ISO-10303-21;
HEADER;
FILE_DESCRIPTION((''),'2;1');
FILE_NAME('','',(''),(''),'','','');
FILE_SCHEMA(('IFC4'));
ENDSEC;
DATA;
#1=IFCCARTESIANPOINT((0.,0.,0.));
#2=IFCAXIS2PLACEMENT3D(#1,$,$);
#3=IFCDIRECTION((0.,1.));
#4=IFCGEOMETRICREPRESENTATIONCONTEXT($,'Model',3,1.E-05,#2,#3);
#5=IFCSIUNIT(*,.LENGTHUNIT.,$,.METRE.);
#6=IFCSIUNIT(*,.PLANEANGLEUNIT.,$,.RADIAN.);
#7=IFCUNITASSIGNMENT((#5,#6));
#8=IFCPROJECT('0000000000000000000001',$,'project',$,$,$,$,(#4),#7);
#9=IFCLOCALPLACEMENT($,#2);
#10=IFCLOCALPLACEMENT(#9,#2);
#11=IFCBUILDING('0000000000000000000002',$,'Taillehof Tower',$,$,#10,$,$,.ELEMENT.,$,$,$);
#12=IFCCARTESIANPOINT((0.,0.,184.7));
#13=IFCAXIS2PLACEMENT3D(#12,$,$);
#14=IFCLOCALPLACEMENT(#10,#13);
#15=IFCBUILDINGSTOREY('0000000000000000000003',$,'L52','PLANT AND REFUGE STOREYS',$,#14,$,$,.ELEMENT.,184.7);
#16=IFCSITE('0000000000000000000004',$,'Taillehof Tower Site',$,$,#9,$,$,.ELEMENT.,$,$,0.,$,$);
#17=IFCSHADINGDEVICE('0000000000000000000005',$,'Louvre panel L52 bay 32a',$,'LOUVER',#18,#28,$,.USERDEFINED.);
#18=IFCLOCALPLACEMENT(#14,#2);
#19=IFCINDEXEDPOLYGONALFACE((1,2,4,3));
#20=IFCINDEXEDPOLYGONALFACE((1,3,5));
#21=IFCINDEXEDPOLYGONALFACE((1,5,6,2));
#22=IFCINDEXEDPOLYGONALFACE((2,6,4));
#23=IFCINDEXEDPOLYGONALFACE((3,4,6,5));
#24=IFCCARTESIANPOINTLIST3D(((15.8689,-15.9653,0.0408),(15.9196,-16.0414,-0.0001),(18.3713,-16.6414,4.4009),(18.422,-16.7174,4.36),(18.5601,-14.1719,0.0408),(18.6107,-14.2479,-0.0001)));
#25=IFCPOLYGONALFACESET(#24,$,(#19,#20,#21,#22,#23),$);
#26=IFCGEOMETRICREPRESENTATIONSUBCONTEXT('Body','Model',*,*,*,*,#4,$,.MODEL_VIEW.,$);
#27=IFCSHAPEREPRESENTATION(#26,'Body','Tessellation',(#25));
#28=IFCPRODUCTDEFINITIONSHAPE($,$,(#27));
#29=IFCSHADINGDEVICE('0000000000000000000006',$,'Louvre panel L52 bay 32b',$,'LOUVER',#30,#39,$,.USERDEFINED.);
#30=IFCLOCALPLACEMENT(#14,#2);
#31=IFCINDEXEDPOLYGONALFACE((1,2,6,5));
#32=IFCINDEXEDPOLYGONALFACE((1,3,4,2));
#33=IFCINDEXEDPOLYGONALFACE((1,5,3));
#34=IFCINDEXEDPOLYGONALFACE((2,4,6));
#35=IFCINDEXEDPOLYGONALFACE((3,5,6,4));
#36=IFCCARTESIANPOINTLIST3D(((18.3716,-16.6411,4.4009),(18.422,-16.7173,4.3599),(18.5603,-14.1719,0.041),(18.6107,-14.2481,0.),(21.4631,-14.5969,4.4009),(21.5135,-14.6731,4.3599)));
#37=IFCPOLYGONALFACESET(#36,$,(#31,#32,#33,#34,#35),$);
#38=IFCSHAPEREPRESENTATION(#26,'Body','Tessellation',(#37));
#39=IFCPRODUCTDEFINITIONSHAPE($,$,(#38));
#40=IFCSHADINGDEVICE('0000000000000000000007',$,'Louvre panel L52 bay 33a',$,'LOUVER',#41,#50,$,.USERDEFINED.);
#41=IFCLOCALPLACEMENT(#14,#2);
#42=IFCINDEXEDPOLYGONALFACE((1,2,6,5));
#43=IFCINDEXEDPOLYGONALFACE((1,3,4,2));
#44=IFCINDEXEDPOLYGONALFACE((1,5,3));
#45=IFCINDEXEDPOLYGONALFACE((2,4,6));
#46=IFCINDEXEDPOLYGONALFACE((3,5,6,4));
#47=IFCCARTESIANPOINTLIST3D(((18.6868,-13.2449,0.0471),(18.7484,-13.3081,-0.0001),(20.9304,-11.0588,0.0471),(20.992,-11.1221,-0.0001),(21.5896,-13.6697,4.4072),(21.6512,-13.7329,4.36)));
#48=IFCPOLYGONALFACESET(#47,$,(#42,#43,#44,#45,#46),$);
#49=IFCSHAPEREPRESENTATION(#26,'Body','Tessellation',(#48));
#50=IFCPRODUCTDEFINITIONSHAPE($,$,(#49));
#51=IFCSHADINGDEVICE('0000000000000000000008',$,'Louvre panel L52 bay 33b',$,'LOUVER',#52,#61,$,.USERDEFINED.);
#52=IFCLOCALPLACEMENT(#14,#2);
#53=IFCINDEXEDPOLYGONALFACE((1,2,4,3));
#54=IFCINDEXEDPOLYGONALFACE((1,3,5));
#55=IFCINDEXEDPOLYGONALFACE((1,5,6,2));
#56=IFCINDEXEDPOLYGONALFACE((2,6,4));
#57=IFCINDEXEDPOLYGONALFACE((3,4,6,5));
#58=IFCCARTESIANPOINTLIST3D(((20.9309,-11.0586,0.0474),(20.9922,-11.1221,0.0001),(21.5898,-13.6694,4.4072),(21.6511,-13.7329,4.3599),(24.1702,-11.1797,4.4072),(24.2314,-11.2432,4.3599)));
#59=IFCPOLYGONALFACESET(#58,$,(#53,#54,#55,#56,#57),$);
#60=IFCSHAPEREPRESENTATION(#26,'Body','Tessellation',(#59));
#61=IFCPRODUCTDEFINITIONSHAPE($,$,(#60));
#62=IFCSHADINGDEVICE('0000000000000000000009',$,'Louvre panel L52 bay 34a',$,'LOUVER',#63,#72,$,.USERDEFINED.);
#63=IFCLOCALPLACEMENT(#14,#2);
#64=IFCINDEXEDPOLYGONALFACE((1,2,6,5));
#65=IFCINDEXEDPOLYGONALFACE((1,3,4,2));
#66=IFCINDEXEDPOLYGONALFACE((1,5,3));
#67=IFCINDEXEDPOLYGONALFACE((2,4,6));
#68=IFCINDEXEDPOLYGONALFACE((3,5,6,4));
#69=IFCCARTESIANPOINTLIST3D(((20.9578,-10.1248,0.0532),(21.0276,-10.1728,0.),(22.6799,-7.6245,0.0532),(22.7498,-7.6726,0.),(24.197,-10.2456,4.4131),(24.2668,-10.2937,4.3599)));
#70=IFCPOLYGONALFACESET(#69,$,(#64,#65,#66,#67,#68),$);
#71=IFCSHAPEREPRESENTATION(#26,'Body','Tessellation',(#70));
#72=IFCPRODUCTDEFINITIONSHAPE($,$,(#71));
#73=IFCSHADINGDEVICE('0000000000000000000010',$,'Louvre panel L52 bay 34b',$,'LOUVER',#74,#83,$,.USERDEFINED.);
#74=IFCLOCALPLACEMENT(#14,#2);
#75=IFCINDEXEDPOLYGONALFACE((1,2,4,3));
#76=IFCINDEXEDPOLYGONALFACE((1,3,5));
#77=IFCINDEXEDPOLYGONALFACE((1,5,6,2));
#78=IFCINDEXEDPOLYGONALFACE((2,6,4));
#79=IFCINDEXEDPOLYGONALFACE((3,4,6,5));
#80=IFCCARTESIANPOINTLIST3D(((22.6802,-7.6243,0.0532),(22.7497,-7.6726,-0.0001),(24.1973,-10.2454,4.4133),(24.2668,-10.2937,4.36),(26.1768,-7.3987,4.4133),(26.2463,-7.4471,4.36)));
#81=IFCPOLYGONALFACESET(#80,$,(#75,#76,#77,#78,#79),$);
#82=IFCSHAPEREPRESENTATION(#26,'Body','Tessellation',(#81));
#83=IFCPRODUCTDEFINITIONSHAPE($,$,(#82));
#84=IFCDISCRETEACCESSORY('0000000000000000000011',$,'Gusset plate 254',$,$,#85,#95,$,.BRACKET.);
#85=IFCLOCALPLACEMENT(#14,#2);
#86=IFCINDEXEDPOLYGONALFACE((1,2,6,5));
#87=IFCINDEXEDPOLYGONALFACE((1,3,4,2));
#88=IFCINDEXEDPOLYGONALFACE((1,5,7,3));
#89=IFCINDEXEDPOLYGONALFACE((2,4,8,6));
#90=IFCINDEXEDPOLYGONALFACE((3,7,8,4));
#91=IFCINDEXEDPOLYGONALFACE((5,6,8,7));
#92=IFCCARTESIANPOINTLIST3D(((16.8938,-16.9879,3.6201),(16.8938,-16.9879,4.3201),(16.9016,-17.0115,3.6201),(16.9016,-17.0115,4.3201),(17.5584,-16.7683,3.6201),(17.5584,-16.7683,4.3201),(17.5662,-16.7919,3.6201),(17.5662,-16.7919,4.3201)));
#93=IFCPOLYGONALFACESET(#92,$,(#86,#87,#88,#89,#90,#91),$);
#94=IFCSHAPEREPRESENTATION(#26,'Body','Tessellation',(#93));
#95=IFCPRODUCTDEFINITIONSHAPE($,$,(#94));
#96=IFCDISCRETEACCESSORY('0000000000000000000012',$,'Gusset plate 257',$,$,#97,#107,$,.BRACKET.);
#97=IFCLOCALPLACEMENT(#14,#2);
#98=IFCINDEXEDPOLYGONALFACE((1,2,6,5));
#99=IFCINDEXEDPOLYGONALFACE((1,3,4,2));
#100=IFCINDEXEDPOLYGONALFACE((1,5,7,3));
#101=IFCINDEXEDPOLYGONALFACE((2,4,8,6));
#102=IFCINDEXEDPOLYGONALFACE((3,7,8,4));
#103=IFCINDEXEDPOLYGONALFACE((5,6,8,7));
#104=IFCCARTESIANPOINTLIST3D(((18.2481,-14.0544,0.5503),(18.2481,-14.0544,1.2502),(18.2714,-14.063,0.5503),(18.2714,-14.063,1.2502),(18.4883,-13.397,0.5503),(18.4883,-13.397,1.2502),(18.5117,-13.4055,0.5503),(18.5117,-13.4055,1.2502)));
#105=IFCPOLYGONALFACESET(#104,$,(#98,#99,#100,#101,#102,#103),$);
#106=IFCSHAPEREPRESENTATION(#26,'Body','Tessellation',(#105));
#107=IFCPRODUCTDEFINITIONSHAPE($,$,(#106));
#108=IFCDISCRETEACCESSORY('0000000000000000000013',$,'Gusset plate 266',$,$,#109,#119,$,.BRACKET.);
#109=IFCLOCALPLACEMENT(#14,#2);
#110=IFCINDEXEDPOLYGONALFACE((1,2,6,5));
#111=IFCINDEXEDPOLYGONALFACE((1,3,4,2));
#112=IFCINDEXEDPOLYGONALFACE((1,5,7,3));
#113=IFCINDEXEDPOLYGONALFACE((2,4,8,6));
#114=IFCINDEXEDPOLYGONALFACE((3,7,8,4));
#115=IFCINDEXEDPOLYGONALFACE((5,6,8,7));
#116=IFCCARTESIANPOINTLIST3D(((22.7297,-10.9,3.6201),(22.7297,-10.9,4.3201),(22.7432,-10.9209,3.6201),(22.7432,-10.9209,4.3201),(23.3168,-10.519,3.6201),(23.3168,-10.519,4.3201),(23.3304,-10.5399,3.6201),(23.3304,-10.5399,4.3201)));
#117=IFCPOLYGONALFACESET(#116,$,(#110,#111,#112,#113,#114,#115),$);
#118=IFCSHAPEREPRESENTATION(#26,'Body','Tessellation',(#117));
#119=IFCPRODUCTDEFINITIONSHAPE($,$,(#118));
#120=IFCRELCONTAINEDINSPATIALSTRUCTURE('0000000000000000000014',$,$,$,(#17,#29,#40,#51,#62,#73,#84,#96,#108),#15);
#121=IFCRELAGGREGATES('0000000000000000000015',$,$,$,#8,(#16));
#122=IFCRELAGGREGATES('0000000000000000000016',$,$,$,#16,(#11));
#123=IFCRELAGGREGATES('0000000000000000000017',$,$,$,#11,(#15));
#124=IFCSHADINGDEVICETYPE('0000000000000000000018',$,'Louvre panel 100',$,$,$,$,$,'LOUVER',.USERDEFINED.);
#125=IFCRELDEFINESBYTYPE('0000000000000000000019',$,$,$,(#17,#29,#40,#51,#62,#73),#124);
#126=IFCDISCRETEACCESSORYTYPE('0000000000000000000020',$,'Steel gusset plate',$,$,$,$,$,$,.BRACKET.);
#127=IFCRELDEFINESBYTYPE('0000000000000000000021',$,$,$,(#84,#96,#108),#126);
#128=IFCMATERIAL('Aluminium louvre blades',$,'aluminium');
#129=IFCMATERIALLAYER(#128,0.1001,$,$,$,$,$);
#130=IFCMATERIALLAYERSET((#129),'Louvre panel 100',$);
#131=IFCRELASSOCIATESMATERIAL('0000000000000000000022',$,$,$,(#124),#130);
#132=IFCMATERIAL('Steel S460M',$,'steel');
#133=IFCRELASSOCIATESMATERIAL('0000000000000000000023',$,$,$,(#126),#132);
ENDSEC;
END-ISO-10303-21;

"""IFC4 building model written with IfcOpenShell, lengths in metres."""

from ifc_helpers import new_model, si_unit, direction, frame, origin, origin_2d, place, context, subcontext, project, spatial, polyline, rectangle, outline, extrude, material, layer, layer_set, type_object, element, save


model = new_model("IFC4")

# Units and contexts
model_context = context("Model", 3, precision=1e-05, world=origin(), true_north=direction((0.0, 1.0)))
body_context = subcontext(model_context, "Body", "Model", "MODEL_VIEW")
ifc_project = project(units=[si_unit("LENGTHUNIT", "METRE"), si_unit("PLANEANGLEUNIT", "RADIAN")], contexts=[model_context])

# Site, building, storey
site_placement = place(None, origin())
site = spatial("IfcSite", under=ifc_project, at=site_placement, Name="Taillehof Tower Site", CompositionType="ELEMENT", RefElevation=0.0)
building_placement = place(site_placement, origin())
building = spatial("IfcBuilding", under=site, at=building_placement, Name="Taillehof Tower", CompositionType="ELEMENT")
storey_placement = place(building_placement, frame((0.0, 0.0, 184.7)))
storey = spatial("IfcBuildingStorey", under=building, at=storey_placement, Name="L52", Description="PLANT AND REFUGE STOREYS", CompositionType="ELEMENT", Elevation=184.7)

# Shading devices
ifc_material_1 = material(Name="Aluminium louvre blades", Category="aluminium")
ifc_layer_1 = layer(ifc_material_1, 0.1001)
ifc_layer_set_1 = layer_set([ifc_layer_1], Name="Louvre panel 100")
shading_device_type = type_object("IfcShadingDeviceType", Name="Louvre panel 100", ElementType="LOUVER", PredefinedType="USERDEFINED", material=ifc_layer_set_1)
shading_device_1_placement = place(storey_placement, frame((15.8689, -15.9653, 0.0408), z_axis=(-0.506225, 0.759613, 0.408319), x_axis=(0.832143, 0.554561, 0.0)))
element("IfcShadingDevice", 1, at=shading_device_1_placement, inside=storey, type_object=shading_device_type, Name="Louvre panel L52 bay 32a", ObjectType="LOUVER", PredefinedType="USERDEFINED", context=body_context, shape_type="SweptSolid", body=[
    extrude(outline(polyline([(0.0, 0.0), (3.234, 0.0), (1.7075, -4.7764), (0.0, 0.0)])), origin(), (0.0, 0.0, -1.0), 0.1001),
])
shading_device_2_placement = place(storey_placement, frame((18.5603, -14.1719, 0.041), z_axis=(-0.503243, 0.761085, 0.409262), x_axis=(0.552389, -0.080884, 0.829653)))
element("IfcShadingDevice", 2, at=shading_device_2_placement, inside=storey, type_object=shading_device_type, Name="Louvre panel L52 bay 32b", ObjectType="LOUVER", PredefinedType="USERDEFINED", context=body_context, shape_type="SweptSolid", body=[
    extrude(outline(polyline([(0.0, 0.0), (5.255, 0.0), (3.7126, -3.3701), (0.0, 0.0)])), origin(), (0.0, 0.0, -1.0), 0.1001),
])
shading_device_3_placement = place(storey_placement, frame((18.6868, -13.2449, 0.0471), z_axis=(-0.61548, 0.631702, 0.471315), x_axis=(0.716244, 0.69785, 0.0)))
element("IfcShadingDevice", 3, at=shading_device_3_placement, inside=storey, type_object=shading_device_type, Name="Louvre panel L52 bay 33a", ObjectType="LOUVER", PredefinedType="USERDEFINED", context=body_context, shape_type="SweptSolid", body=[
    extrude(outline(polyline([(0.0, 0.0), (3.1325, 0.0), (1.7827, -4.9436), (0.0, 0.0)])), origin(), (0.0, 0.0, -1.0), 0.1001),
])
shading_device_4_placement = place(storey_placement, frame((20.9309, -11.0586, 0.0474), z_axis=(-0.612025, 0.634291, 0.472335), x_axis=(0.596235, -0.022289, 0.8025)))
element("IfcShadingDevice", 4, at=shading_device_4_placement, inside=storey, type_object=shading_device_type, Name="Louvre panel L52 bay 33b", ObjectType="LOUVER", PredefinedType="USERDEFINED", context=body_context, shape_type="SweptSolid", body=[
    extrude(outline(polyline([(0.0, 0.0), (5.4329, 0.0), (3.9499, -3.2646), (0.0, 0.0)])), origin(), (0.0, 0.0, -1.0), 0.1001),
])
shading_device_5_placement = place(storey_placement, frame((20.9578, -10.1248, 0.0532), z_axis=(-0.697548, 0.480471, 0.531577), x_axis=(0.567256, 0.823542, 0.0)))
element("IfcShadingDevice", 5, at=shading_device_5_placement, inside=storey, type_object=shading_device_type, Name="Louvre panel L52 bay 34a", ObjectType="LOUVER", PredefinedType="USERDEFINED", context=body_context, shape_type="SweptSolid", body=[
    extrude(outline(polyline([(0.0, 0.0), (3.036, 0.0), (1.738, -5.1474), (0.0, 0.0)])), origin(), (0.0, 0.0, -1.0), 0.1001),
])
shading_device_6_placement = place(storey_placement, frame((22.6802, -7.6243, 0.0532), z_axis=(-0.695006, 0.483286, 0.532355), x_axis=(0.625113, 0.04033, 0.779492)))
element("IfcShadingDevice", 6, at=shading_device_6_placement, inside=storey, type_object=shading_device_type, Name="Louvre panel L52 bay 34b", ObjectType="LOUVER", PredefinedType="USERDEFINED", context=body_context, shape_type="SweptSolid", body=[
    extrude(outline(polyline([(0.0, 0.0), (5.5935, 0.0), (4.2413, -3.1927), (0.0, 0.0)])), origin(), (0.0, 0.0, -1.0), 0.1001),
])

# Discrete accessories
ifc_material_2 = material(Name="Steel S460M", Category="steel")
discrete_accessory_type = type_object("IfcDiscreteAccessoryType", Name="Steel gusset plate", PredefinedType="BRACKET", material=ifc_material_2)
for number, where, z_axis, x_axis, name in (
    (7, (17.23, -16.8899, 3.6201), (0.0, 0.0, 1.0), (0.949513, 0.313727, 0.0), "Gusset plate 254"),
    (8, (18.3799, -13.73, 0.5503), (0.0, 0.0, 1.0), (0.343263, 0.939239, 0.0), "Gusset plate 257"),
    (9, (23.03, -10.72, 3.6201), (0.0, 0.0, 1.0), (0.838842, 0.544376, 0.0), "Gusset plate 266"),
):
    element("IfcDiscreteAccessory", number, at=place(storey_placement, frame(where, z_axis=z_axis, x_axis=x_axis)), inside=storey, type_object=discrete_accessory_type, Name=name, PredefinedType="BRACKET", context=body_context, shape_type="SweptSolid", body=[
        extrude(rectangle(XDim=0.7, YDim=0.0249, at=origin_2d()), origin(), (0.0, 0.0, 1.0), 0.7),
    ])

save(model, "model.ifc")
